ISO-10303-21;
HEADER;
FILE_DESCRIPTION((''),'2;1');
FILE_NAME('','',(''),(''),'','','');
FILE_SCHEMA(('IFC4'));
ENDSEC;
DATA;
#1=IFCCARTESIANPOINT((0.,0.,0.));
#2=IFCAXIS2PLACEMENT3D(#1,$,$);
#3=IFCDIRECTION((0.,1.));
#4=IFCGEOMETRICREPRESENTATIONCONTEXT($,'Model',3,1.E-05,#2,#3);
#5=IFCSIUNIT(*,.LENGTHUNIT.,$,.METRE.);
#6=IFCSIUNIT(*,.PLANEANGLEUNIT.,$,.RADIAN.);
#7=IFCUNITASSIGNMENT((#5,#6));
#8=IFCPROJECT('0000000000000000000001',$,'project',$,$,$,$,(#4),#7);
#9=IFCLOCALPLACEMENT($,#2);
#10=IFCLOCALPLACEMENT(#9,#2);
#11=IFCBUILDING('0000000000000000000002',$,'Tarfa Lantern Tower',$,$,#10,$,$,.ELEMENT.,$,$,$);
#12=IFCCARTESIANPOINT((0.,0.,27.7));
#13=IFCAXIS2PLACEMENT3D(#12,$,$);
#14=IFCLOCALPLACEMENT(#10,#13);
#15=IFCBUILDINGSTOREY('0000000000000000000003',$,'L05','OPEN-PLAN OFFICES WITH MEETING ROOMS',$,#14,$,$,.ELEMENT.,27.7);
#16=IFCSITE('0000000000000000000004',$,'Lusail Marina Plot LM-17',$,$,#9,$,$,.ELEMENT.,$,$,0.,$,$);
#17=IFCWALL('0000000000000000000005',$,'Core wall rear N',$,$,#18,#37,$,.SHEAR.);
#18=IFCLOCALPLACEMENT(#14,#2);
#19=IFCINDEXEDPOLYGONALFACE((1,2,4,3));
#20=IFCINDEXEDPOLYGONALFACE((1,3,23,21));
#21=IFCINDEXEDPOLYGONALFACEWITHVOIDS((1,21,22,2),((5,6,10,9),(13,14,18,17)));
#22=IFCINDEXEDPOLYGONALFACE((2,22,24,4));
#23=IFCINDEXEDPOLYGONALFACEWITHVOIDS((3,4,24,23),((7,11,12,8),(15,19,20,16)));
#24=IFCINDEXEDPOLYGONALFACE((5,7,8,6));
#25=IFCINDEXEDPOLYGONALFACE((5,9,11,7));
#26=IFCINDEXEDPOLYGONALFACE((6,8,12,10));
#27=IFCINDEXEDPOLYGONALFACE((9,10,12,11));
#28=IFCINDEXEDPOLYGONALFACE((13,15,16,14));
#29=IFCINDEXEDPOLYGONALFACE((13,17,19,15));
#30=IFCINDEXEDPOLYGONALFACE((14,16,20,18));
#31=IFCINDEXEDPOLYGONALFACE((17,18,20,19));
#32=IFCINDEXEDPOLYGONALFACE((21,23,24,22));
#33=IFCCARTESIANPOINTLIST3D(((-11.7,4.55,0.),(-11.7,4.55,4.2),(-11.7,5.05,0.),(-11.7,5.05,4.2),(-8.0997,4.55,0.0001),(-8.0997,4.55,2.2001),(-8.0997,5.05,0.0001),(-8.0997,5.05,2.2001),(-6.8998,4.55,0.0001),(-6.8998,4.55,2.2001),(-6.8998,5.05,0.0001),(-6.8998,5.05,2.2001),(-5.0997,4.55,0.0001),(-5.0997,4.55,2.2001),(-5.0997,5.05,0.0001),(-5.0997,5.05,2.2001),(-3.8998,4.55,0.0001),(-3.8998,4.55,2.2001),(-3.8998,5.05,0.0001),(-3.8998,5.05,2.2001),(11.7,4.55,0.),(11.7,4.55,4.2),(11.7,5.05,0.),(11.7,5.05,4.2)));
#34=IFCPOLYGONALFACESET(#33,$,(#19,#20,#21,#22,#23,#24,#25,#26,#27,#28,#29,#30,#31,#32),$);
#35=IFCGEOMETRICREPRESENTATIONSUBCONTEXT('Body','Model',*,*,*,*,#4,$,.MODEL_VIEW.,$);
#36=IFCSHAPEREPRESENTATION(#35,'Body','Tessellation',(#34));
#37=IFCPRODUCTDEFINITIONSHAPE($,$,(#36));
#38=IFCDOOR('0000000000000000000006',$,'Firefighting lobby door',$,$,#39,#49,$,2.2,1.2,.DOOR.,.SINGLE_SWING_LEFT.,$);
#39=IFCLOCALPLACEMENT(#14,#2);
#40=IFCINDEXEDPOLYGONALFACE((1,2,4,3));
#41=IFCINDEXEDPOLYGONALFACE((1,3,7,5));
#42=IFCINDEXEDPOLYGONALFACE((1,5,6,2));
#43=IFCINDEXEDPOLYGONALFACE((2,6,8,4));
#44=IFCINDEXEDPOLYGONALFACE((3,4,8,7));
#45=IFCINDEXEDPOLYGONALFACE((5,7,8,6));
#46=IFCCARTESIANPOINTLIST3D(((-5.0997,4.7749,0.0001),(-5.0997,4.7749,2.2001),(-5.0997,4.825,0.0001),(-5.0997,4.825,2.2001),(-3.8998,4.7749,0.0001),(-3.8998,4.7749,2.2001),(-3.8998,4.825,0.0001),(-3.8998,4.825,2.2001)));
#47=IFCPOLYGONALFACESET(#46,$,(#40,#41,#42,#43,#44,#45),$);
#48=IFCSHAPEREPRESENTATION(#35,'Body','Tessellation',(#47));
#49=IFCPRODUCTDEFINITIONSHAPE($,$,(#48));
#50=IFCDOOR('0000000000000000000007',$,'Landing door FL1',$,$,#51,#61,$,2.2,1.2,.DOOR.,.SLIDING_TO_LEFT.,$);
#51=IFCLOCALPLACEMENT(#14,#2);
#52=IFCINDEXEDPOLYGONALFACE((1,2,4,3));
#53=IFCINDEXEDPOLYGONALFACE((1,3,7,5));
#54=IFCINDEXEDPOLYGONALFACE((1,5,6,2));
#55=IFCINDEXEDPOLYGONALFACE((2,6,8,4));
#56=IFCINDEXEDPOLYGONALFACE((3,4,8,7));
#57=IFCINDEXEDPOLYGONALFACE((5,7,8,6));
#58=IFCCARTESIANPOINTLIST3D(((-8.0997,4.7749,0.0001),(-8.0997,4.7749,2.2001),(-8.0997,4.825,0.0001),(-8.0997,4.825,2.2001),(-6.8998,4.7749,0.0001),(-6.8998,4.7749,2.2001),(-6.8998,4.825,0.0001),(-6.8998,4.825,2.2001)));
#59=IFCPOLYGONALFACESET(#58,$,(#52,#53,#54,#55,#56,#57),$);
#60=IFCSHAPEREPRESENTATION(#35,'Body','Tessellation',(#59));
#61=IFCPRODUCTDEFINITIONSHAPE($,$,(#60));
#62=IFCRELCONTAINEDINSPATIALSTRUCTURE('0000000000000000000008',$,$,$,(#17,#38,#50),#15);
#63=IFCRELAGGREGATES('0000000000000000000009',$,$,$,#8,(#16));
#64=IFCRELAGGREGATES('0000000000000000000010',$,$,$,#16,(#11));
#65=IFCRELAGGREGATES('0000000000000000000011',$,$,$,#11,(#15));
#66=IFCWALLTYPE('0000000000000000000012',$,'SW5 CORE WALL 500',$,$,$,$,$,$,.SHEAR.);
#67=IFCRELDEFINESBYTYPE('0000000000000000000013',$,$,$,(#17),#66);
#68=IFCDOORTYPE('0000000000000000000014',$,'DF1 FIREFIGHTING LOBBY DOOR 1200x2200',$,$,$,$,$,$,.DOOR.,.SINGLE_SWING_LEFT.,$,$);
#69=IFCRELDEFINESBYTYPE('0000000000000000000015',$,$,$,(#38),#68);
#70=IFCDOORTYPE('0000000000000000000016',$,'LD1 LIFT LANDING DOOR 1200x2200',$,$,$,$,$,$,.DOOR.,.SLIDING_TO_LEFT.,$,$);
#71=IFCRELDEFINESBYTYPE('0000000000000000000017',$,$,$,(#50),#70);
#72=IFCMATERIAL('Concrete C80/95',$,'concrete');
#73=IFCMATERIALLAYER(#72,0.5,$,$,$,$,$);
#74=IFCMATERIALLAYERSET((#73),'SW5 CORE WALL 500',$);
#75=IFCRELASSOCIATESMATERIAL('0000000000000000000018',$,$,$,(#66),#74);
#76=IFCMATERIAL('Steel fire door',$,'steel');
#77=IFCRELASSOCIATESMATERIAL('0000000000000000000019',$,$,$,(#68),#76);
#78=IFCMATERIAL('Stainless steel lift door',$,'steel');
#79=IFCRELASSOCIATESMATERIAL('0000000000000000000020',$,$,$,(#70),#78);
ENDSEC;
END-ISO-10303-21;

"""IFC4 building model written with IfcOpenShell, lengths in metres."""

from ifc_helpers import new_model, si_unit, direction, frame, frame_2d, origin, place, context, subcontext, project, spatial, rectangle, extrude, material, layer, layer_set, type_object, element, fill, save


model = new_model("IFC4")

# Units and contexts
model_context = context("Model", 3, precision=1e-05, world=origin(), true_north=direction((0.0, 1.0)))
body_context = subcontext(model_context, "Body", "Model", "MODEL_VIEW")
ifc_project = project(units=[si_unit("LENGTHUNIT", "METRE"), si_unit("PLANEANGLEUNIT", "RADIAN")], contexts=[model_context])

# Site, building, storey
site_placement = place(None, origin())
site = spatial("IfcSite", under=ifc_project, at=site_placement, Name="Lusail Marina Plot LM-17", CompositionType="ELEMENT", RefElevation=0.0)
building_placement = place(site_placement, origin())
building = spatial("IfcBuilding", under=site, at=building_placement, Name="Tarfa Lantern Tower", CompositionType="ELEMENT")
storey_placement = place(building_placement, frame((0.0, 0.0, 27.7)))
storey = spatial("IfcBuildingStorey", under=building, at=storey_placement, Name="L05", Description="OPEN-PLAN OFFICES WITH MEETING ROOMS", CompositionType="ELEMENT", Elevation=27.7)

# Shared definitions
ifc_material_1 = material(Name="Concrete C80/95", Category="concrete")
ifc_material_2 = material(Name="Steel fire door", Category="steel")

# Shared definitions
ifc_layer_1 = layer(ifc_material_1, 0.5)
ifc_layer_set_1 = layer_set([ifc_layer_1], Name="SW5 CORE WALL 500")
wall_type_1 = type_object("IfcWallType", Name="SW5 CORE WALL 500", PredefinedType="SHEAR", material=ifc_layer_set_1)

# Wall, openings, doors
wall_1_placement = place(storey_placement, frame((-11.7, 4.8, 0.0), z_axis=(0.0, 0.0, 1.0), x_axis=(1.0, 0.0, 0.0)))
wall_1 = element("IfcWall", 1, at=wall_1_placement, inside=storey, type_object=wall_type_1, Name="Core wall rear N", PredefinedType="SHEAR", context=body_context, shape_type="SweptSolid", body=[
    extrude(rectangle(XDim=23.3999, YDim=0.5, at=frame_2d((11.7, 0.0))), origin(), (0.0, 0.0, 1.0), 4.2),
])
opening_1_placement = place(wall_1_placement, frame((6.6001, 0.0, 0.0)))
opening_1 = element("IfcOpeningElement", 2, at=opening_1_placement, cuts=wall_1, PredefinedType="OPENING", context=body_context, shape_type="SweptSolid", body=[
    extrude(rectangle(XDim=1.2, YDim=2.2, at=frame_2d((0.6001, 1.1001))), frame((0.0, 0.26, 0.0), z_axis=(0.0, -1.0, 0.0), x_axis=(1.0, 0.0, 0.0)), (0.0, 0.0, 1.0), 0.52),
])
opening_2_placement = place(wall_1_placement, frame((3.6001, 0.0, 0.0)))
opening_2 = element("IfcOpeningElement", 3, at=opening_2_placement, cuts=wall_1, PredefinedType="OPENING", context=body_context, shape_type="SweptSolid", body=[
    extrude(rectangle(XDim=1.2, YDim=2.2, at=frame_2d((0.6001, 1.1001))), frame((0.0, 0.26, 0.0), z_axis=(0.0, -1.0, 0.0), x_axis=(1.0, 0.0, 0.0)), (0.0, 0.0, 1.0), 0.52),
])
door_type_1 = type_object("IfcDoorType", Name="DF1 FIREFIGHTING LOBBY DOOR 1200x2200", OperationType="SINGLE_SWING_LEFT", PredefinedType="DOOR", material=ifc_material_2)
door_1_placement = place(opening_1_placement, origin())
door_1 = element("IfcDoor", 4, at=door_1_placement, inside=storey, type_object=door_type_1, Name="Firefighting lobby door", OperationType="SINGLE_SWING_LEFT", OverallHeight=2.2, OverallWidth=1.2, PredefinedType="DOOR", context=body_context, shape_type="SweptSolid", body=[
    extrude(rectangle(XDim=1.2, YDim=2.2, at=frame_2d((0.6001, 1.1001))), frame((0.0, 0.0249, 0.0), z_axis=(0.0, -1.0, 0.0), x_axis=(1.0, 0.0, 0.0)), (0.0, 0.0, 1.0), 0.05),
])
fill(opening_1, door_1)
ifc_material_3 = material(Name="Stainless steel lift door", Category="steel")
door_type_2 = type_object("IfcDoorType", Name="LD1 LIFT LANDING DOOR 1200x2200", OperationType="SLIDING_TO_LEFT", PredefinedType="DOOR", material=ifc_material_3)
door_2_placement = place(opening_2_placement, origin())
door_2 = element("IfcDoor", 5, at=door_2_placement, inside=storey, type_object=door_type_2, Name="Landing door FL1", OperationType="SLIDING_TO_LEFT", OverallHeight=2.2, OverallWidth=1.2, PredefinedType="DOOR", context=body_context, shape_type="SweptSolid", body=[
    extrude(rectangle(XDim=1.2, YDim=2.2, at=frame_2d((0.6001, 1.1001))), frame((0.0, 0.0249, 0.0), z_axis=(0.0, -1.0, 0.0), x_axis=(1.0, 0.0, 0.0)), (0.0, 0.0, 1.0), 0.05),
])
fill(opening_2, door_2)

save(model, "model.ifc")
